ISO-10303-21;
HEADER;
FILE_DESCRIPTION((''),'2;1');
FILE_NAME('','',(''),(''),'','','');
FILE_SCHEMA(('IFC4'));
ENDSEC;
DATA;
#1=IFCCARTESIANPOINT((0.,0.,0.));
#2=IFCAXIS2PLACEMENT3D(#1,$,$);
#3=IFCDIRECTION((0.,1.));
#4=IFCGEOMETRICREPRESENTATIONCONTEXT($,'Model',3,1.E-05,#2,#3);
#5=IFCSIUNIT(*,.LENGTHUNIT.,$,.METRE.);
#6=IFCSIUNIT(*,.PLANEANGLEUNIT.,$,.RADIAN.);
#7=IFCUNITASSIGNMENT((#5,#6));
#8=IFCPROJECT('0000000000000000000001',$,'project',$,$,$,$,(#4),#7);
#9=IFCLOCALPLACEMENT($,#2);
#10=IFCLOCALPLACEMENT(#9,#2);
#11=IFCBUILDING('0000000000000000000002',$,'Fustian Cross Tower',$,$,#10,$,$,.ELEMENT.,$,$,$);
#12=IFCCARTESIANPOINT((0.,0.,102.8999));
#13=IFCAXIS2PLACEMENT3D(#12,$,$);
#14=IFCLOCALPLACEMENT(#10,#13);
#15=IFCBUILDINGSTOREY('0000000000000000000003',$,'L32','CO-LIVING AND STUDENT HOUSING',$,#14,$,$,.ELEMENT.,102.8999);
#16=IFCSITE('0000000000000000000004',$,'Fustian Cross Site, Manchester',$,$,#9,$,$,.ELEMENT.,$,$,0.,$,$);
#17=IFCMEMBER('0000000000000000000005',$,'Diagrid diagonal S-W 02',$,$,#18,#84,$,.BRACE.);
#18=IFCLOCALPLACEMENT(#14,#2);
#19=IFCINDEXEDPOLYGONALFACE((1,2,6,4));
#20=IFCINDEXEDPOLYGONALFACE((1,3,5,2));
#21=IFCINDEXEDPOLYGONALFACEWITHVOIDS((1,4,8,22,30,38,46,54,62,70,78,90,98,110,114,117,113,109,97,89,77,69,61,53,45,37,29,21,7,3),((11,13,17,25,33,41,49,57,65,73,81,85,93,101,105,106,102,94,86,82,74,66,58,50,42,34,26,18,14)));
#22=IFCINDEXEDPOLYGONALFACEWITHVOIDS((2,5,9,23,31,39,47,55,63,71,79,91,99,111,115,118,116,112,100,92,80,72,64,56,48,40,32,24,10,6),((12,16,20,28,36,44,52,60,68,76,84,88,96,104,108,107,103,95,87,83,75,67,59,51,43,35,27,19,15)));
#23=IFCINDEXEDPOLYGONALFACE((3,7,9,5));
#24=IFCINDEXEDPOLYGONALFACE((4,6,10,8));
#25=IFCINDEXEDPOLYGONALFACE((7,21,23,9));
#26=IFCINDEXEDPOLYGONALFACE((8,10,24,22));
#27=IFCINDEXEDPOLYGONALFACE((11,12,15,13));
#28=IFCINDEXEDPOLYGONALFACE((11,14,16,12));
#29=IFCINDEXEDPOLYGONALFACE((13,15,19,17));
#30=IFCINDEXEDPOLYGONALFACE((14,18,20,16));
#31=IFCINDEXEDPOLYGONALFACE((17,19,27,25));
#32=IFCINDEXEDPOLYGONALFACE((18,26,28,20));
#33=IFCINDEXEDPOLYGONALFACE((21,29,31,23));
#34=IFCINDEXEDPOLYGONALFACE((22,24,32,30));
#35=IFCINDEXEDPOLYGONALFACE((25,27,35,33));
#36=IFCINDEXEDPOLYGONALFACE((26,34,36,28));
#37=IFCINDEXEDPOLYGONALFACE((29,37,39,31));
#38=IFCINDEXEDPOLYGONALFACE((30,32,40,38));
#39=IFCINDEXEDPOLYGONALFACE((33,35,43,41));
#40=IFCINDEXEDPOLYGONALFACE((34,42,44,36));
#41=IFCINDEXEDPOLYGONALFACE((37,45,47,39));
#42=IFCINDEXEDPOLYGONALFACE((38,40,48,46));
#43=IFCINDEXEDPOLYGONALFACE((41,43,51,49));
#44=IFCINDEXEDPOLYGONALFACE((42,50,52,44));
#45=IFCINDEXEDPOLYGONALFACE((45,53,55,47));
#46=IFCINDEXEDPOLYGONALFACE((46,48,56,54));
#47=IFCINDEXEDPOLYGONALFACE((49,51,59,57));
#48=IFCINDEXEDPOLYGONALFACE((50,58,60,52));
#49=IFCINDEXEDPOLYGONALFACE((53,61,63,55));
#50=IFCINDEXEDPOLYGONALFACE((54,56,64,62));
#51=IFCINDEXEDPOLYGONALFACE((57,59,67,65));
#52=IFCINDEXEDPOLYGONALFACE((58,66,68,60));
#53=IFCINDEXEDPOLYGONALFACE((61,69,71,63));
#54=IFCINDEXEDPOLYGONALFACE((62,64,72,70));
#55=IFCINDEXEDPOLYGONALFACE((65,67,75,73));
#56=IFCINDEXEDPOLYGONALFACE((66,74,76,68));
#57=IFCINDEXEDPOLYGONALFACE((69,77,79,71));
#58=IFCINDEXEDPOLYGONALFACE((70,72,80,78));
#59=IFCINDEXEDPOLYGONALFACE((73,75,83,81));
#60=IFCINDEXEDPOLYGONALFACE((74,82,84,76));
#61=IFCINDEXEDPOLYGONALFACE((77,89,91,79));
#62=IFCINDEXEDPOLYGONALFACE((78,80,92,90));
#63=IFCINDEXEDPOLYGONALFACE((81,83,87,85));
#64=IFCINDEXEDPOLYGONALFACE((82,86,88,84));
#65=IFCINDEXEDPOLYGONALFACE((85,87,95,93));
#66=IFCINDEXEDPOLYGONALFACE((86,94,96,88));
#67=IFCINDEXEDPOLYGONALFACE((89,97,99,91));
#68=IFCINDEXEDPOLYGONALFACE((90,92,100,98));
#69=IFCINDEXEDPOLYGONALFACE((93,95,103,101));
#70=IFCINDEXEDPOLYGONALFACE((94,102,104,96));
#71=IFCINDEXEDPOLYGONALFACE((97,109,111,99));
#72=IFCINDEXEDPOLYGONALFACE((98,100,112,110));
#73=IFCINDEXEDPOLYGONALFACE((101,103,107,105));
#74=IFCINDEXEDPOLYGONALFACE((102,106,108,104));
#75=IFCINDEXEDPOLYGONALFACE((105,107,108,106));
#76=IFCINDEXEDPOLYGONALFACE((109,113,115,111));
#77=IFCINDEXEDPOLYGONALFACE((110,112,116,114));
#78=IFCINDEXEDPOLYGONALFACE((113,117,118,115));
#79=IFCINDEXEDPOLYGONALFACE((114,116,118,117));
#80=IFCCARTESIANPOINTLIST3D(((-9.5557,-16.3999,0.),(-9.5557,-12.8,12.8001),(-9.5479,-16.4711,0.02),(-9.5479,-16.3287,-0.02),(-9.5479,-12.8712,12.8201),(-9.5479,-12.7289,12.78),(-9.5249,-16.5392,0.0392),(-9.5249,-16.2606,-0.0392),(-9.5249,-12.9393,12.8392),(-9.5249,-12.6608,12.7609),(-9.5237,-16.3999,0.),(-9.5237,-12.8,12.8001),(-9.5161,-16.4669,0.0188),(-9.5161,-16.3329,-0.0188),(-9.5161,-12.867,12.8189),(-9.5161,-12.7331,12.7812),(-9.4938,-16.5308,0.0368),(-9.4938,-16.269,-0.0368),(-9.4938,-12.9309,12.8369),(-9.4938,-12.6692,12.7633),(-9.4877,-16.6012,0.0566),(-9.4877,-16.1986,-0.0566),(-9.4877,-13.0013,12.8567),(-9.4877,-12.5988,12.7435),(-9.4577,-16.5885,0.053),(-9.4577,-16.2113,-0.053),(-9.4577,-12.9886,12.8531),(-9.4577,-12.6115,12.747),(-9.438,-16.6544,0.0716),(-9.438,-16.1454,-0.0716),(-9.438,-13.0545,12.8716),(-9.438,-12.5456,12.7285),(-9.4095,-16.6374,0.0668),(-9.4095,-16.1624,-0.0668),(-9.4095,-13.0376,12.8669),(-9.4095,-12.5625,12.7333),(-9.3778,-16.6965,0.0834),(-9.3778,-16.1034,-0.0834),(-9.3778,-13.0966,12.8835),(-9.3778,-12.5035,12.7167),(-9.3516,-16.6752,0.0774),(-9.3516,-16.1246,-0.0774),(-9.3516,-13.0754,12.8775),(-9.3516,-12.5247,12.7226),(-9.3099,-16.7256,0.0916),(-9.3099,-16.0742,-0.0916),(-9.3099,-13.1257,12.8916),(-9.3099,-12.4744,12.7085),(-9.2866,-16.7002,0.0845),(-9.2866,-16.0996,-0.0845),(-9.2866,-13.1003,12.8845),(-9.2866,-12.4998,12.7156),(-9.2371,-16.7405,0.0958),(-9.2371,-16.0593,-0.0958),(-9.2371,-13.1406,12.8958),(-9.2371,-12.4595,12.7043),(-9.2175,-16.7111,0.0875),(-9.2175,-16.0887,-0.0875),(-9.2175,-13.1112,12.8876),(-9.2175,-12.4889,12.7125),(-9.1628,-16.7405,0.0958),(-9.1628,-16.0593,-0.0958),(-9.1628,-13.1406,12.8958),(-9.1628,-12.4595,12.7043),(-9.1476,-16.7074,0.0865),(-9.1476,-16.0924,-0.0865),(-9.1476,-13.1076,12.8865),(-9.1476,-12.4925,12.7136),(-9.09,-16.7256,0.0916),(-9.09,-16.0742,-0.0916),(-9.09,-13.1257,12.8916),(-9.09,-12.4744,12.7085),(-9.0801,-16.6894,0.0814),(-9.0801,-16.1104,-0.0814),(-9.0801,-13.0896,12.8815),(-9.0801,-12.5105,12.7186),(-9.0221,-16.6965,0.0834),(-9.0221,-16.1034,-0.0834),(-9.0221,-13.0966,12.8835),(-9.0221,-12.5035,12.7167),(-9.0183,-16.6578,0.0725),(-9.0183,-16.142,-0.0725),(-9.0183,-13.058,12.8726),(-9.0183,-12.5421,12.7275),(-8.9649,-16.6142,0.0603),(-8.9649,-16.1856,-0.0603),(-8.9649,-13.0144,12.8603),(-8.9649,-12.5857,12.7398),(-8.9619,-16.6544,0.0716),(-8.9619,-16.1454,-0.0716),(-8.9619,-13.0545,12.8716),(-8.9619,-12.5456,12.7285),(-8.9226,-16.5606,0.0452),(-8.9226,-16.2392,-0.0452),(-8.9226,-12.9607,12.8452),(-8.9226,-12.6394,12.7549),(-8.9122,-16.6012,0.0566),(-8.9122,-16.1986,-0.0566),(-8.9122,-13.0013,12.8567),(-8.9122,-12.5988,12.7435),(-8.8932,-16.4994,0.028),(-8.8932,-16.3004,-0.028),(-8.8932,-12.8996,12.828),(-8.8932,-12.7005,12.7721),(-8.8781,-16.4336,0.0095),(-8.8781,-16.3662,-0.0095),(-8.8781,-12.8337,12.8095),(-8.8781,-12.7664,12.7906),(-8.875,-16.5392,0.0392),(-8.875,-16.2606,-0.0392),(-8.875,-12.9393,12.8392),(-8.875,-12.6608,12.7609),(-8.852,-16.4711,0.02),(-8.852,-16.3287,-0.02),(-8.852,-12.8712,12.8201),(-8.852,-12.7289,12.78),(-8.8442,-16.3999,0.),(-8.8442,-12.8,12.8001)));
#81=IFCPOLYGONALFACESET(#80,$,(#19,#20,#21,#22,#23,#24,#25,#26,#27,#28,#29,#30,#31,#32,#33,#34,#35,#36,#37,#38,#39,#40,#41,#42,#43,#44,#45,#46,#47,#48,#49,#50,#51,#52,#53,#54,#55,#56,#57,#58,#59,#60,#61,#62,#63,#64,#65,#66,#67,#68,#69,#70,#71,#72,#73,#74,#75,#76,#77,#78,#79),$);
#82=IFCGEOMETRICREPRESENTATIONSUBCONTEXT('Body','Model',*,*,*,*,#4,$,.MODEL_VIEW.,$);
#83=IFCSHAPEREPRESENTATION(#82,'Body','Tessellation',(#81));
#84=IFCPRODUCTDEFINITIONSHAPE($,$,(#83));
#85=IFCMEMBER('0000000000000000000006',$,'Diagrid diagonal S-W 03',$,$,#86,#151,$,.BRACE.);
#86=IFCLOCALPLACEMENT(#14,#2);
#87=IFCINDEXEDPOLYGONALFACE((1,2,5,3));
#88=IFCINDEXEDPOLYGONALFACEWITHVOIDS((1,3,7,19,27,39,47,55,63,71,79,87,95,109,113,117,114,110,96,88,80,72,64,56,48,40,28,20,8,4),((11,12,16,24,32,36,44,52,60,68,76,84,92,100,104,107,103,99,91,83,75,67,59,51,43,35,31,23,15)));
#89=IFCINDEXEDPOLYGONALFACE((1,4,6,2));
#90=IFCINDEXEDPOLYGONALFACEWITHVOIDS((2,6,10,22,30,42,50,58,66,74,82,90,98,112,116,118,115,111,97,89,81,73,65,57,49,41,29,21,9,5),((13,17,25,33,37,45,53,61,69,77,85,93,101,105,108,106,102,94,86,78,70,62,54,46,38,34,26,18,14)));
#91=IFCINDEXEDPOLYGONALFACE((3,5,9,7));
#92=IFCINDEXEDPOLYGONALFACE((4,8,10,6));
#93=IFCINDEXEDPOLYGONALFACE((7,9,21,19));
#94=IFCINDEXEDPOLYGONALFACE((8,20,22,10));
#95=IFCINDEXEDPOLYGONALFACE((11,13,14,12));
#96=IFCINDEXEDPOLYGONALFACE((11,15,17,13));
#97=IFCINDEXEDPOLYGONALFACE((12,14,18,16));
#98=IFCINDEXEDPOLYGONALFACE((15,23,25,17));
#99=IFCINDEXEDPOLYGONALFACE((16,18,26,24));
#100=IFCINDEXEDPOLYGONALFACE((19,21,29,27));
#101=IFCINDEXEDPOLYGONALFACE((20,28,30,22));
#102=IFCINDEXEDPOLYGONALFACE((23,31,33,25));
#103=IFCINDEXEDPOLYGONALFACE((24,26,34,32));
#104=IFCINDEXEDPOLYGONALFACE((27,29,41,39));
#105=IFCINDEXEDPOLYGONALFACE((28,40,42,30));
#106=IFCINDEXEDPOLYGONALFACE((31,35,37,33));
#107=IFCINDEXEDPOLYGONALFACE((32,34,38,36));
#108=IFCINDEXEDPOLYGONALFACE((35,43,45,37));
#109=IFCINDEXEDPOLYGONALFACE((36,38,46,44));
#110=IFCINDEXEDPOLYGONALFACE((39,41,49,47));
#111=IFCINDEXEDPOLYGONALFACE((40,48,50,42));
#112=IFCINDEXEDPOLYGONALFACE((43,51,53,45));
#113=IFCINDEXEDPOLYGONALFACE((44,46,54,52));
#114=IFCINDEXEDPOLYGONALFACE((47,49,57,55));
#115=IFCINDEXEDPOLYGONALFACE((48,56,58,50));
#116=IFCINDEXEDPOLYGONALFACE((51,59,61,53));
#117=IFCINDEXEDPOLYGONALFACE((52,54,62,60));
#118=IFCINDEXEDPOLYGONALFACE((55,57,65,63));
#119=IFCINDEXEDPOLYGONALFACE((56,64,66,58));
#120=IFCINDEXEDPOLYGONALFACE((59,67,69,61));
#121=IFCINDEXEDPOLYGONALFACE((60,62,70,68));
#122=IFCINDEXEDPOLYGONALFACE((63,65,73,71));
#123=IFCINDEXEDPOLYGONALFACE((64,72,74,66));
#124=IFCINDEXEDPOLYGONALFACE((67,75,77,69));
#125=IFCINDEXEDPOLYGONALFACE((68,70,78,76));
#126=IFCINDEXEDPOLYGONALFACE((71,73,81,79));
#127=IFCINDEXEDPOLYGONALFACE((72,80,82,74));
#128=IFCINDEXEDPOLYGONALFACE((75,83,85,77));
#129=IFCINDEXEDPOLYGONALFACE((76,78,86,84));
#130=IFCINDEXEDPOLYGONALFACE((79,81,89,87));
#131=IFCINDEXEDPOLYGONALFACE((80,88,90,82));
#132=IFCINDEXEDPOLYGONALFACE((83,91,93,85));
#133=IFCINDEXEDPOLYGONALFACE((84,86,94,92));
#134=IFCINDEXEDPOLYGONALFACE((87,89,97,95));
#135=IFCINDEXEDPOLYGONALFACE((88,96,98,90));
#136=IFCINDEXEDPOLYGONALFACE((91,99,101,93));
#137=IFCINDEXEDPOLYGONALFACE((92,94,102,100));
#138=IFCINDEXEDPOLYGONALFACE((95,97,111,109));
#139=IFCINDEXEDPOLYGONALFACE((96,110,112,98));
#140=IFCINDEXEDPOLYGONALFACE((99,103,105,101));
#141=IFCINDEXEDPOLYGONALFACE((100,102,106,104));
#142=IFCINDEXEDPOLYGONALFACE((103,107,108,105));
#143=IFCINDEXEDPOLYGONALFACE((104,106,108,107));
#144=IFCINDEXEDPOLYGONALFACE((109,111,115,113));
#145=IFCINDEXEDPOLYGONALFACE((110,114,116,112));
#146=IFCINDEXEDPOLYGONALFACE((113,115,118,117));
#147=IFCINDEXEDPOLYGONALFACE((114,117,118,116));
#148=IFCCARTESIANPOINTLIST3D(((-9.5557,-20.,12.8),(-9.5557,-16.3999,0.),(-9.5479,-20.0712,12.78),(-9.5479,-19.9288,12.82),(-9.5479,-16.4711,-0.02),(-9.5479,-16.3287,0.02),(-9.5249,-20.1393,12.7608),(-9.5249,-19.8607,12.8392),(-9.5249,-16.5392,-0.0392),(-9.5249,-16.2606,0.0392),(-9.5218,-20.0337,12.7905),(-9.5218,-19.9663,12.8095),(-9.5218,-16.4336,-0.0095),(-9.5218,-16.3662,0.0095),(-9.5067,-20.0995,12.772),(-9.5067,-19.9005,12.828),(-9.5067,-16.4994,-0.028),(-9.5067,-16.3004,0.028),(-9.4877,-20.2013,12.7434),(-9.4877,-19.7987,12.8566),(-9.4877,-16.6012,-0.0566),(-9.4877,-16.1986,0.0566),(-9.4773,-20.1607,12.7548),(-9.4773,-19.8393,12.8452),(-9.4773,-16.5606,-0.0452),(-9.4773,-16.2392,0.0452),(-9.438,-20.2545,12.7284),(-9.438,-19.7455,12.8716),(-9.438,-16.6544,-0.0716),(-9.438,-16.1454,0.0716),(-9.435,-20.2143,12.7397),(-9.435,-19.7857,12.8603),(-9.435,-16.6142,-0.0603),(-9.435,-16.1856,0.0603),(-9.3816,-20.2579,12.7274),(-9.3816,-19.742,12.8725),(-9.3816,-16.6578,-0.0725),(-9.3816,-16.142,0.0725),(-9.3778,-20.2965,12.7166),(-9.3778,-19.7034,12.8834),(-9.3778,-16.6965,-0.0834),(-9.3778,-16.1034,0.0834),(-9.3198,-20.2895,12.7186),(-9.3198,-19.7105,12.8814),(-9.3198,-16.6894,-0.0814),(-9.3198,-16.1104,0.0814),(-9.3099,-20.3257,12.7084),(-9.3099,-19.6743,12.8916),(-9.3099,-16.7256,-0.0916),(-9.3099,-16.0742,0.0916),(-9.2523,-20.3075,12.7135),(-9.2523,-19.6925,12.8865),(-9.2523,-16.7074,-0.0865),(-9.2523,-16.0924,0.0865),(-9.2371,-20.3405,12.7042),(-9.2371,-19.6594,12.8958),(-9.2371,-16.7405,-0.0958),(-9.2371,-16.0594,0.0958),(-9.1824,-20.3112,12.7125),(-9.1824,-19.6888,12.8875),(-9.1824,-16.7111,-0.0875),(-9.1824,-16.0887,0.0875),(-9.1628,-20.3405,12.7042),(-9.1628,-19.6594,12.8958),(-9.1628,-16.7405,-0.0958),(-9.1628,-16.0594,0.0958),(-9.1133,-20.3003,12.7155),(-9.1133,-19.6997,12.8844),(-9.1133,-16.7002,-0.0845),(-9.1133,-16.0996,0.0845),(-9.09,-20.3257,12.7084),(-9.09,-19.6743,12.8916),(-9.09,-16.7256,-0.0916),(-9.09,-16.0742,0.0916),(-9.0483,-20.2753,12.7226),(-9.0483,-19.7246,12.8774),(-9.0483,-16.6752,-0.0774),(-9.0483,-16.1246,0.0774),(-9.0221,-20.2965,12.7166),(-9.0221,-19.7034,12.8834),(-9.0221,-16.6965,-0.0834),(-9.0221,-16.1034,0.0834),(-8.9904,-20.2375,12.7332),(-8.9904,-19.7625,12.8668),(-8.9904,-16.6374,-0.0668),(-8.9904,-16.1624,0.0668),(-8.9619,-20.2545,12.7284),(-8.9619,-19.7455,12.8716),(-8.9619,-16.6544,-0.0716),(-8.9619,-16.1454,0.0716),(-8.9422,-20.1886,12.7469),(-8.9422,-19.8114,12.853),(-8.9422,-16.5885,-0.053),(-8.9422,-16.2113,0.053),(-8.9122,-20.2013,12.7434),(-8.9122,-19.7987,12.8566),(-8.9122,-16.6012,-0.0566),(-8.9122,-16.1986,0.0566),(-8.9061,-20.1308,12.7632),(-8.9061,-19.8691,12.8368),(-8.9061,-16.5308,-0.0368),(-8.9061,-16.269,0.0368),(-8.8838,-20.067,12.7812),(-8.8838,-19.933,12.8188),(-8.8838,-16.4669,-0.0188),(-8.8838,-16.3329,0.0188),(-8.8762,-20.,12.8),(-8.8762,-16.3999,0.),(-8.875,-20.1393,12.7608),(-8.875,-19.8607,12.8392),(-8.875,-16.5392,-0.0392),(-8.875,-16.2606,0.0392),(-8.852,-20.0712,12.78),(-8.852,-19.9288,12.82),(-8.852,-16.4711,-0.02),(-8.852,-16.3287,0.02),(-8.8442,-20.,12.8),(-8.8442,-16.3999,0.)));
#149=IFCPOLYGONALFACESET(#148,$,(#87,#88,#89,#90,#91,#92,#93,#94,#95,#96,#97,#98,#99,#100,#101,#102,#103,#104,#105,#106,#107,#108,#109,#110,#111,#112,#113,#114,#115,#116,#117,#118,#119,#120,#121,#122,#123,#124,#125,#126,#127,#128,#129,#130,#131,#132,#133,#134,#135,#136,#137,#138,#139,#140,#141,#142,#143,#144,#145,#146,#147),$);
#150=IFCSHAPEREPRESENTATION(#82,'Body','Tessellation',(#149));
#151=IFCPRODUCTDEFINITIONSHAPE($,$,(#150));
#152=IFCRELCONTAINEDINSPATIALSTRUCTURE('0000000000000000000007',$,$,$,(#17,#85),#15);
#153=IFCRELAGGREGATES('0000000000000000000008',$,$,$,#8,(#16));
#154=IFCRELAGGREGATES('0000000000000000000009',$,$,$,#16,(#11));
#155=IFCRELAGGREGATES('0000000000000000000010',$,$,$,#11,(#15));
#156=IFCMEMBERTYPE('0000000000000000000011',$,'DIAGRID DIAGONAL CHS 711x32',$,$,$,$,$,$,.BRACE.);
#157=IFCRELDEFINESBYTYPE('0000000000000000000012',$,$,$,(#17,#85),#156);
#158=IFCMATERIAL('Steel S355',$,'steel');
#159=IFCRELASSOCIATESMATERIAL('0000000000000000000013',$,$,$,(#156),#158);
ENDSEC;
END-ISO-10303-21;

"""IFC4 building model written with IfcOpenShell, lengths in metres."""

from ifc_helpers import new_model, si_unit, direction, frame, origin, origin_2d, place, context, subcontext, project, spatial, hollow_circle, extrude, material, material_profile, profile_set, type_object, element, save


model = new_model("IFC4")

# Units and contexts
model_context = context("Model", 3, precision=1e-05, world=origin(), true_north=direction((0.0, 1.0)))
body_context = subcontext(model_context, "Body", "Model", "MODEL_VIEW")
ifc_project = project(units=[si_unit("LENGTHUNIT", "METRE"), si_unit("PLANEANGLEUNIT", "RADIAN")], contexts=[model_context])

# Site, building, storey
site_placement = place(None, origin())
site = spatial("IfcSite", under=ifc_project, at=site_placement, Name="Fustian Cross Site, Manchester", CompositionType="ELEMENT", RefElevation=0.0)
building_placement = place(site_placement, origin())
building = spatial("IfcBuilding", under=site, at=building_placement, Name="Fustian Cross Tower", CompositionType="ELEMENT")
storey_placement = place(building_placement, frame((0.0, 0.0, 102.8999)))
storey = spatial("IfcBuildingStorey", under=building, at=storey_placement, Name="L32", Description="CO-LIVING AND STUDENT HOUSING", CompositionType="ELEMENT", Elevation=102.8999)

# Members
ifc_material_1 = material(Name="Steel S355", Category="steel")
ifc_material_profile_1 = material_profile(ifc_material_1, hollow_circle(Radius=0.3557, WallThickness=0.032, at=origin_2d()), Name="CHS 711x32")
ifc_profile_set_1 = profile_set([ifc_material_profile_1], Name="Steel S355")
member_type_1 = type_object("IfcMemberType", Name="DIAGRID DIAGONAL CHS 711x32", PredefinedType="BRACE", material=ifc_profile_set_1)
for number, where, z_axis, x_axis, name in (
    (1, (-9.2, -16.3999, 0.0), (0.0, 0.270734, 0.962654), (-1.0, 0.0, 0.0), "Diagrid diagonal S-W 02"),
    (2, (-9.2, -16.3999, 0.0), (0.0, -0.270751, 0.962649), (1.0, 0.0, 0.0), "Diagrid diagonal S-W 03"),
):
    element("IfcMember", number, at=place(storey_placement, frame(where, z_axis=z_axis, x_axis=x_axis)), inside=storey, type_object=member_type_1, Name=name, PredefinedType="BRACE", context=body_context, shape_type="SweptSolid", body=[
        extrude(hollow_circle(Radius=0.3557, WallThickness=0.032, at=origin_2d()), origin(), (0.0, 0.0, 1.0), 13.2966),
    ])

save(model, "model.ifc")
